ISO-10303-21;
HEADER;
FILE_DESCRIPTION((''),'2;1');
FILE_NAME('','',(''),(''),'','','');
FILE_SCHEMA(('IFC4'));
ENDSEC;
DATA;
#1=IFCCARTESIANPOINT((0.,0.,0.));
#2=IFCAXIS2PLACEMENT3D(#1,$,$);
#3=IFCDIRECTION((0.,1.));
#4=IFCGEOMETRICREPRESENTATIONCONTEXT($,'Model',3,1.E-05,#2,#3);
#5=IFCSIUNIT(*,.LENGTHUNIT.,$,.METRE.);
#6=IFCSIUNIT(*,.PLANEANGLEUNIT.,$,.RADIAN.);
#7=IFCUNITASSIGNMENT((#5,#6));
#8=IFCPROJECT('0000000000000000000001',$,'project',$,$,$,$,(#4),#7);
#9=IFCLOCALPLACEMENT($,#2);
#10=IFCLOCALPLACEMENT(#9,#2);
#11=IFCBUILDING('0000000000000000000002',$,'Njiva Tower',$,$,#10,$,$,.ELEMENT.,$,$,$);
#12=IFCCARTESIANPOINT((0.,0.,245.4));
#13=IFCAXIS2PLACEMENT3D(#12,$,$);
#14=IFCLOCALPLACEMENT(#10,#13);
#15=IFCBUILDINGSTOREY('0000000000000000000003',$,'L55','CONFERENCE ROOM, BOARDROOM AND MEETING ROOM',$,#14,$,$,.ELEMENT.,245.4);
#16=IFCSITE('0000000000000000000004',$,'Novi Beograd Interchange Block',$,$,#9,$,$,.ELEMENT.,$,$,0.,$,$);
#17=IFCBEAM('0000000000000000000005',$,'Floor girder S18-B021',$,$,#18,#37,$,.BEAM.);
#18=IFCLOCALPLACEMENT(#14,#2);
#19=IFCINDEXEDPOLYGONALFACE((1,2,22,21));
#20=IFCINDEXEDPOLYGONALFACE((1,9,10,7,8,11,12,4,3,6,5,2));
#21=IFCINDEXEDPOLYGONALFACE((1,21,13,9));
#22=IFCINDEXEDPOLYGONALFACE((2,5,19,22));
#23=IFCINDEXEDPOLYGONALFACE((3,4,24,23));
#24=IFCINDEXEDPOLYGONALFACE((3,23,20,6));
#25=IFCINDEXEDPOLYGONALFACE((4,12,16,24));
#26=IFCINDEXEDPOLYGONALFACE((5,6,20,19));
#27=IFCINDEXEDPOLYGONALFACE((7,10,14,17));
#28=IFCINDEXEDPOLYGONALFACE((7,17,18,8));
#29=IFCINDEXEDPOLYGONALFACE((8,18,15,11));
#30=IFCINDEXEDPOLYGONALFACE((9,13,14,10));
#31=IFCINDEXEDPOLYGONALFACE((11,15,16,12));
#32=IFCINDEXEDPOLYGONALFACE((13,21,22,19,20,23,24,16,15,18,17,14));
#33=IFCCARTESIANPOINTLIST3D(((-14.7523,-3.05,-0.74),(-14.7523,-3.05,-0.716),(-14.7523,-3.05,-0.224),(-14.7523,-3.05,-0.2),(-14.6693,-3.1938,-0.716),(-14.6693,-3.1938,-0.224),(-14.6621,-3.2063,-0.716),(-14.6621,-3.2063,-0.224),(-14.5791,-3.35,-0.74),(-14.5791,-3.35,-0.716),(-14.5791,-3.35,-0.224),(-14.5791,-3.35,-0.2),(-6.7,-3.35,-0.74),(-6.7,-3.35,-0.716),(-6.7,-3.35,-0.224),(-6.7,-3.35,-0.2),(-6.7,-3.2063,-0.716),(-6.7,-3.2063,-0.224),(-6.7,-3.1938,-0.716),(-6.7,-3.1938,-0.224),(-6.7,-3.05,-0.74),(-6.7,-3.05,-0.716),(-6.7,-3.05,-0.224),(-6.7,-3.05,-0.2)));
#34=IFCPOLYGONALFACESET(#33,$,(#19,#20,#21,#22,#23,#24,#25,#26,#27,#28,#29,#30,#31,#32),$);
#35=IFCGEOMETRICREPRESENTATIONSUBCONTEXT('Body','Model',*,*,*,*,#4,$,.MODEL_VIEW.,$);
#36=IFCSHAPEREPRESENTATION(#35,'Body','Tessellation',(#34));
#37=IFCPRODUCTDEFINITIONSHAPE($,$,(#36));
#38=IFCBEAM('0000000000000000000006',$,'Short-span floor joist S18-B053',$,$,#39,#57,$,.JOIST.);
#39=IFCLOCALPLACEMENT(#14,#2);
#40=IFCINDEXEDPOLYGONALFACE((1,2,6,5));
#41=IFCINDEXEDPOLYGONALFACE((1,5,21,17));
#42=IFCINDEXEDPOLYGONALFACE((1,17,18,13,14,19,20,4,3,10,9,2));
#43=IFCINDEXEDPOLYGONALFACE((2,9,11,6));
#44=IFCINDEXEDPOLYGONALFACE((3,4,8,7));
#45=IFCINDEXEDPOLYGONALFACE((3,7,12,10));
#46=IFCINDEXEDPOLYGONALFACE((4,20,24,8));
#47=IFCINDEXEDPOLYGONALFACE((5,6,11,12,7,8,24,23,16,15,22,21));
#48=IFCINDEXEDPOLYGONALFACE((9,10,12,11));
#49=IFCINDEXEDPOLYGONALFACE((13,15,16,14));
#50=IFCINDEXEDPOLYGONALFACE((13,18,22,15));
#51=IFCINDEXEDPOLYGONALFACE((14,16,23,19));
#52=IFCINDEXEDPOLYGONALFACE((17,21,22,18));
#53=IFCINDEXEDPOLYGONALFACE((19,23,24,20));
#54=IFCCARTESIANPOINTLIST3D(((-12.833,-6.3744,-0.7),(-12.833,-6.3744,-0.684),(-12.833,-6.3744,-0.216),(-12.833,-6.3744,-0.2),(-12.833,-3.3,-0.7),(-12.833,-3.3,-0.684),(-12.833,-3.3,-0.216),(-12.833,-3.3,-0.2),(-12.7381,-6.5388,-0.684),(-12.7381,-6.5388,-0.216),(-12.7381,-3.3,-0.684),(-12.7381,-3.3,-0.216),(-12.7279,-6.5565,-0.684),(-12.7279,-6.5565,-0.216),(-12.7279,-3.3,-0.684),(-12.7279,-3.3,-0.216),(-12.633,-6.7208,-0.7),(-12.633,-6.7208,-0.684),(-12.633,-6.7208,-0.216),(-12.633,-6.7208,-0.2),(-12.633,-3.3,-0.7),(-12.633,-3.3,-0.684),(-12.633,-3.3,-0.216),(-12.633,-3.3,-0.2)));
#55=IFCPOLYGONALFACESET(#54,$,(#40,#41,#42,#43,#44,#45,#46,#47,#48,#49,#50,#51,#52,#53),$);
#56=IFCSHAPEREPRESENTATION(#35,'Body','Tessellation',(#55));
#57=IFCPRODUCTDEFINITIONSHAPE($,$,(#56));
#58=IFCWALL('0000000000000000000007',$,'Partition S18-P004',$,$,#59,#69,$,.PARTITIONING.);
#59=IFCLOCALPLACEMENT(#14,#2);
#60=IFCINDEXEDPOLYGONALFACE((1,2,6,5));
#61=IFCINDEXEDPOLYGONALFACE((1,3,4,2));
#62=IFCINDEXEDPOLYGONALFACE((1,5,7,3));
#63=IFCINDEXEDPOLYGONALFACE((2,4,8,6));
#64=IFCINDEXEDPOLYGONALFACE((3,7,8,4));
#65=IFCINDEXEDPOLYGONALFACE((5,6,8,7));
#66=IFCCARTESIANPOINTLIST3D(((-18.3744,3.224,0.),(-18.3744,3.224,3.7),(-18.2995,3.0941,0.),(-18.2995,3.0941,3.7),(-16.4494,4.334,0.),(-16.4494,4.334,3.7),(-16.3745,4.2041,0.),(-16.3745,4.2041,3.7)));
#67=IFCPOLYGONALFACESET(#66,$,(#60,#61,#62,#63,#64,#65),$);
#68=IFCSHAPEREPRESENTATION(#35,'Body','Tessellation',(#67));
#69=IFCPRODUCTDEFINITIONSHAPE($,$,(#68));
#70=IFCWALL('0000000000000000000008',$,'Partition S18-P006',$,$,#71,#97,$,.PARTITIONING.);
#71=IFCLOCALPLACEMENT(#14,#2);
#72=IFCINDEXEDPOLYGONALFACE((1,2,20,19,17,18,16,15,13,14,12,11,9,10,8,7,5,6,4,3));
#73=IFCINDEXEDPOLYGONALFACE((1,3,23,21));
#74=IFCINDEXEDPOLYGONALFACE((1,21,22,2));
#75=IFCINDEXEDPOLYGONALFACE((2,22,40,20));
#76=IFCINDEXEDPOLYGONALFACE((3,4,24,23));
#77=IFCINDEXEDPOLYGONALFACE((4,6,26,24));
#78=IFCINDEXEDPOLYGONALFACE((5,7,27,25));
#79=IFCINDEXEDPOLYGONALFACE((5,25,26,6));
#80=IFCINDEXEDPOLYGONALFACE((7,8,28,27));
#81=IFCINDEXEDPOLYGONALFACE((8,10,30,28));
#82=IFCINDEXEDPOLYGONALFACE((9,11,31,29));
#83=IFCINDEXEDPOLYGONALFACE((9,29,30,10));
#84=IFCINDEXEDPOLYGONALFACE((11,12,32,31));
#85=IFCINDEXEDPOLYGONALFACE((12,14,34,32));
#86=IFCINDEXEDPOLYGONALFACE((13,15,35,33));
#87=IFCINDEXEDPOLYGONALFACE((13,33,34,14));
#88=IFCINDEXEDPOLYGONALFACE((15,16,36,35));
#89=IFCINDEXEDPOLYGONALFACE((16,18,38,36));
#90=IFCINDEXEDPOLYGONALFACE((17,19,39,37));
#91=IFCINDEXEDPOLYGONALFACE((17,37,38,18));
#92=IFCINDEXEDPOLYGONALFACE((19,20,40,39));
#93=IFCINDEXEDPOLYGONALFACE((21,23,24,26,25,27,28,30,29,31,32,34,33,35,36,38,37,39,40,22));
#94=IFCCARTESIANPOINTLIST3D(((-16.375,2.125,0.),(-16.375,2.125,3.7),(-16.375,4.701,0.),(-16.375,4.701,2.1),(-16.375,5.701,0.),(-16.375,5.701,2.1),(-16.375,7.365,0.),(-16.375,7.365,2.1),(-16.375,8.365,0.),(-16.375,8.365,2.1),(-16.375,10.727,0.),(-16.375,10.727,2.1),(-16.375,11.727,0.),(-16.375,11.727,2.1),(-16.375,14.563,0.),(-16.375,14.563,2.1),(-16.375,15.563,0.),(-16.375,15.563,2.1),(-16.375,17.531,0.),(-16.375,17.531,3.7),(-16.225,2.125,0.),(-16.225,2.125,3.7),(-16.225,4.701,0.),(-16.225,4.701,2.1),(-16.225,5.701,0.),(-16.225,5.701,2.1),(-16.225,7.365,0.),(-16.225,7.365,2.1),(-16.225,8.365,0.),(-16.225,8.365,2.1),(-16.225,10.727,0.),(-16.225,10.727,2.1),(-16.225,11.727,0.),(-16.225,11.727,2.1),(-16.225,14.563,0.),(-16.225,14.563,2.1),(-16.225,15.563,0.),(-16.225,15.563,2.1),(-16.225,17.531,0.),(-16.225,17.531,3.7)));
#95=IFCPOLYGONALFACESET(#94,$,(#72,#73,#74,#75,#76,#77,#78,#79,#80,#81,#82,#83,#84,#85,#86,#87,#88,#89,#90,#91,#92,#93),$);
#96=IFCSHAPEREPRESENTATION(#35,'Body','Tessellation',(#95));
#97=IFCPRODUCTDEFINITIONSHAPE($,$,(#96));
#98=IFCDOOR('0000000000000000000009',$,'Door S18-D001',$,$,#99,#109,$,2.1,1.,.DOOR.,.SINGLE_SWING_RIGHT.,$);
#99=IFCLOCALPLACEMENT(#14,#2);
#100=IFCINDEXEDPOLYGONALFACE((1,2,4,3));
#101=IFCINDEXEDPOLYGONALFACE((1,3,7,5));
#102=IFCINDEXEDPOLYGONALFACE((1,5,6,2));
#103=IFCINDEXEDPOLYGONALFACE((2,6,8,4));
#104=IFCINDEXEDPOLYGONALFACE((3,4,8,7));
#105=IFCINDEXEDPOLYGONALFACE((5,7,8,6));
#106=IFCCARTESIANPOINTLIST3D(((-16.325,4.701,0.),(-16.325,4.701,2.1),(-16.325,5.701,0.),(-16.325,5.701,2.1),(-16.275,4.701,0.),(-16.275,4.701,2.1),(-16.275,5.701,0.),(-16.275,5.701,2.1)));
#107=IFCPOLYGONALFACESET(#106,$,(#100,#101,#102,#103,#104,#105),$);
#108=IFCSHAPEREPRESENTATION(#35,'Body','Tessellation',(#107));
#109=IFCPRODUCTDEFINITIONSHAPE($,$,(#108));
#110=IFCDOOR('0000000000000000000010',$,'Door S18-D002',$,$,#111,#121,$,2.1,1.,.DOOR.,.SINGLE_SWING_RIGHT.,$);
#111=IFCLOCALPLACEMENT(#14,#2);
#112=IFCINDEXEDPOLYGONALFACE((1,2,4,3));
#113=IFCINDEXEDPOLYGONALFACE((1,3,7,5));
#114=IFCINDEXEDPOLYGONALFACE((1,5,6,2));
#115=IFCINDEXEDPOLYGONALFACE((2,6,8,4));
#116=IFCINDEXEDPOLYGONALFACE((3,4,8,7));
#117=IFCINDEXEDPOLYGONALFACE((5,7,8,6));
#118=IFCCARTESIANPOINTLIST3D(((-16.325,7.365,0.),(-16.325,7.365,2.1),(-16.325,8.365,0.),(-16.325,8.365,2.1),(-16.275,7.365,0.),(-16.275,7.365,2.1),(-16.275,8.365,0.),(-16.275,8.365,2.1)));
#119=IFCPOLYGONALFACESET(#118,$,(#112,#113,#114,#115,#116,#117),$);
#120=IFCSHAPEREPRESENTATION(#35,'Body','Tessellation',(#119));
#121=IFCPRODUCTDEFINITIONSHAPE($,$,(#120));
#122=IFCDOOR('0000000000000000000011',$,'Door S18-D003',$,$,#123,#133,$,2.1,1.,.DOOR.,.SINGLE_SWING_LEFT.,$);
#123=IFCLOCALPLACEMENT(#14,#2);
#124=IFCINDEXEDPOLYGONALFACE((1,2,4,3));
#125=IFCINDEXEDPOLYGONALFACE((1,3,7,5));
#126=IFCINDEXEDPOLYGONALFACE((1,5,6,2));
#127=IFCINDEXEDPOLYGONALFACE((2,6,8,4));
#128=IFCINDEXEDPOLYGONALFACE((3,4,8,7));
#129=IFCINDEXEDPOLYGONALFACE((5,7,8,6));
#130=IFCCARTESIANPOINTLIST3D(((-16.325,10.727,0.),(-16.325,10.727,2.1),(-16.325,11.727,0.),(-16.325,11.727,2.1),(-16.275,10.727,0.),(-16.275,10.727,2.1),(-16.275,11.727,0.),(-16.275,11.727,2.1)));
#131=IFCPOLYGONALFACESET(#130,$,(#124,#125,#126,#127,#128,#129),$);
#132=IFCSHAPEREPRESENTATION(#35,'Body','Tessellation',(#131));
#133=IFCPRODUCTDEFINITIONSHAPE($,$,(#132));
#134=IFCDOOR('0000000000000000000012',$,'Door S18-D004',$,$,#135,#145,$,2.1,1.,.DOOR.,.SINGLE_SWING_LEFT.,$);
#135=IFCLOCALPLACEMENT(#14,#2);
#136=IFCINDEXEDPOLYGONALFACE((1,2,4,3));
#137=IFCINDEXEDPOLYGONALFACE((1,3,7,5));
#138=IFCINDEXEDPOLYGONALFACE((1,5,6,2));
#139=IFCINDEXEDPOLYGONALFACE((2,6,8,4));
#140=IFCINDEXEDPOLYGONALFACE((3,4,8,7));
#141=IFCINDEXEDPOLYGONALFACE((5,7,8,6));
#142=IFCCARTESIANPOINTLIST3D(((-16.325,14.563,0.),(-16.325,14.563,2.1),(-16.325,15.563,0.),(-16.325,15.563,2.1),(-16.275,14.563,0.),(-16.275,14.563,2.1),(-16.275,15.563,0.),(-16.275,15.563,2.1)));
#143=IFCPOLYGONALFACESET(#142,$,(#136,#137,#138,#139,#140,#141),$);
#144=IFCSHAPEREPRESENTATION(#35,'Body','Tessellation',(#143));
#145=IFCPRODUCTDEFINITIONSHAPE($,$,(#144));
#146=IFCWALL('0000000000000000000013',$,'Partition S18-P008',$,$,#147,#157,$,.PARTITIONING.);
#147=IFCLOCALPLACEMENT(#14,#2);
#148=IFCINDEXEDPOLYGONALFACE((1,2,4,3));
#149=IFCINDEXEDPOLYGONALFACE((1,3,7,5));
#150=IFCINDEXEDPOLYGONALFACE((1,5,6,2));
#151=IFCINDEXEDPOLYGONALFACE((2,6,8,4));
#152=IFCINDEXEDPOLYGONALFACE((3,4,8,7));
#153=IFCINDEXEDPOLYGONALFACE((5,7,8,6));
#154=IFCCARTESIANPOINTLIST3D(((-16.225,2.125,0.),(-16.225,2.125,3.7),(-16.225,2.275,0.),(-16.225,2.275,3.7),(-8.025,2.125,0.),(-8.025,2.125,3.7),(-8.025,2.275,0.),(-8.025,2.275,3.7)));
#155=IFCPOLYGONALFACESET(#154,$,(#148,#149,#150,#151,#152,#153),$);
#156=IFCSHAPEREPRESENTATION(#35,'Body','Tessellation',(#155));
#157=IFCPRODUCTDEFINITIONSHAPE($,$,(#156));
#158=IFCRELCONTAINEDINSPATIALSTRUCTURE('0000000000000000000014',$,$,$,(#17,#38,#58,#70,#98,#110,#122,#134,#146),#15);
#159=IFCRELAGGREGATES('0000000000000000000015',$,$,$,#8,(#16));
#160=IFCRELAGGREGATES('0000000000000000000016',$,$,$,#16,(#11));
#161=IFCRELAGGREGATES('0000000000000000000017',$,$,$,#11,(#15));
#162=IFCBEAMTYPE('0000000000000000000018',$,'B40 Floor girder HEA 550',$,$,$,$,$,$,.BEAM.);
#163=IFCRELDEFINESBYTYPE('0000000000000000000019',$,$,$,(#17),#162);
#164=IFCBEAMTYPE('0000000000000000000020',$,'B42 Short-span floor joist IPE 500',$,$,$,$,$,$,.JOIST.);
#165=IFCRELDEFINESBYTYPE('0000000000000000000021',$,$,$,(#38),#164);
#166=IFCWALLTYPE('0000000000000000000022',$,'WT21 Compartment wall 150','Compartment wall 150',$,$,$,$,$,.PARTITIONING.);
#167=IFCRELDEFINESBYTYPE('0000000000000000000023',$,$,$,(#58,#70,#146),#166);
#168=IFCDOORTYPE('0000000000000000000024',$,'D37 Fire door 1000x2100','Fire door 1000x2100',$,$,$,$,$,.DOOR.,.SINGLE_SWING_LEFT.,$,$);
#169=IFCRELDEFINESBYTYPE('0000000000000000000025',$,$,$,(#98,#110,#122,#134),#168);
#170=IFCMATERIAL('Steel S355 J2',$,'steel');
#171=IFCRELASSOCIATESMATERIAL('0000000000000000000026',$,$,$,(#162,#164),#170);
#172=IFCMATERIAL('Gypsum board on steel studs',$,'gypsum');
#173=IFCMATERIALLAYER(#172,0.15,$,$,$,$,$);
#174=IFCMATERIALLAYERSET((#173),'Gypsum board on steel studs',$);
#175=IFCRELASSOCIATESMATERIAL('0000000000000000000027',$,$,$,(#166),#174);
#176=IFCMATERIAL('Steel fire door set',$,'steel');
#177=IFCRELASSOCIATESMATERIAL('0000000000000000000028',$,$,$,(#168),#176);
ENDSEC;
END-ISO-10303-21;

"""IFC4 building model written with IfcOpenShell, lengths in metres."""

from ifc_helpers import new_model, si_unit, direction, frame, frame_2d, origin, origin_2d, place, context, subcontext, project, spatial, rectangle, i_section, extrude, clip, halfspace, material, layer, layer_set, material_profile, profile_set, type_object, element, fill, save


model = new_model("IFC4")

# Units and contexts
model_context = context("Model", 3, precision=1e-05, world=origin(), true_north=direction((0.0, 1.0)))
body_context = subcontext(model_context, "Body", "Model", "MODEL_VIEW")
ifc_project = project(units=[si_unit("LENGTHUNIT", "METRE"), si_unit("PLANEANGLEUNIT", "RADIAN")], contexts=[model_context])

# Site, building, storey
site_placement = place(None, origin())
site = spatial("IfcSite", under=ifc_project, at=site_placement, Name="Novi Beograd Interchange Block", CompositionType="ELEMENT", RefElevation=0.0)
building_placement = place(site_placement, origin())
building = spatial("IfcBuilding", under=site, at=building_placement, Name="Njiva Tower", CompositionType="ELEMENT")
storey_placement = place(building_placement, frame((0.0, 0.0, 245.4)))
storey = spatial("IfcBuildingStorey", under=building, at=storey_placement, Name="L55", Description="CONFERENCE ROOM, BOARDROOM AND MEETING ROOM", CompositionType="ELEMENT", Elevation=245.4)

# Shared definitions
ifc_material_1 = material(Name="Steel S355 J2", Category="steel")

# Beams
ifc_material_profile_1 = material_profile(ifc_material_1, i_section(OverallWidth=0.3, OverallDepth=0.54, WebThickness=0.0125, FlangeThickness=0.024, at=origin_2d()), Name="HEA 550")
ifc_profile_set_1 = profile_set([ifc_material_profile_1], Name="Steel S355 J2")
beam_type_1 = type_object("IfcBeamType", Name="B40 Floor girder HEA 550", PredefinedType="BEAM", material=ifc_profile_set_1)
beam_1_placement = place(storey_placement, frame((-14.773, -3.2, -0.47), z_axis=(1.0, 0.0, 0.0), x_axis=(0.0, 1.0, 0.0)))
element("IfcBeam", 1, at=beam_1_placement, inside=storey, type_object=beam_type_1, Name="Floor girder S18-B021", PredefinedType="BEAM", context=body_context, shape_type="Clipping", body=[
    clip(extrude(i_section(OverallWidth=0.3, OverallDepth=0.54, WebThickness=0.0125, FlangeThickness=0.024, at=origin_2d()), origin(), (0.0, 0.0, 1.0), 8.073), halfspace(frame((-0.025, 0.0, 0.1217), z_axis=(-0.499998, 0.0, -0.866027), x_axis=(0.0, -1.0, 0.0)), False)),
])
ifc_material_profile_2 = material_profile(ifc_material_1, i_section(OverallWidth=0.2, OverallDepth=0.5, WebThickness=0.0102, FlangeThickness=0.016, at=origin_2d()), Name="IPE 500")
ifc_profile_set_2 = profile_set([ifc_material_profile_2], Name="Steel S355 J2")
beam_type_2 = type_object("IfcBeamType", Name="B42 Short-span floor joist IPE 500", PredefinedType="JOIST", material=ifc_profile_set_2)
beam_2_placement = place(storey_placement, frame((-12.733, -3.3, -0.45), z_axis=(0.0, -1.0, 0.0), x_axis=(1.0, 0.0, 0.0)))
element("IfcBeam", 2, at=beam_2_placement, inside=storey, type_object=beam_type_2, Name="Short-span floor joist S18-B053", PredefinedType="JOIST", context=body_context, shape_type="Clipping", body=[
    clip(extrude(i_section(OverallWidth=0.2, OverallDepth=0.5, WebThickness=0.0102, FlangeThickness=0.016, at=origin_2d()), origin(), (0.0, 0.0, 1.0), 3.44), halfspace(frame((-0.0436, 0.0, 3.1721), z_axis=(-0.866027, 0.0, 0.499998), x_axis=(0.0, 1.0, 0.0)), False)),
])

# Wall
ifc_material_2 = material(Name="Gypsum board on steel studs", Category="gypsum")
ifc_layer = layer(ifc_material_2, 0.15)
ifc_layer_set = layer_set([ifc_layer], Name="Gypsum board on steel studs")
wall_type = type_object("IfcWallType", Name="WT21 Compartment wall 150", Description="Compartment wall 150", PredefinedType="PARTITIONING", material=ifc_layer_set)
wall_1_placement = place(storey_placement, frame((-18.337, 3.159, 0.0), z_axis=(0.0, 0.0, 1.0), x_axis=(0.866298, 0.499528, 0.0)))
element("IfcWall", 3, at=wall_1_placement, inside=storey, type_object=wall_type, Name="Partition S18-P004", PredefinedType="PARTITIONING", context=body_context, shape_type="SweptSolid", body=[
    extrude(rectangle(XDim=2.2221, YDim=0.15, at=frame_2d((1.1111, 0.0))), origin(), (0.0, 0.0, 1.0), 3.7),
])

# Wall, openings, doors
wall_2_placement = place(storey_placement, frame((-16.3, 2.125, 0.0), z_axis=(0.0, 0.0, 1.0), x_axis=(0.0, 1.0, 0.0)))
wall_2 = element("IfcWall", 4, at=wall_2_placement, inside=storey, type_object=wall_type, Name="Partition S18-P006", PredefinedType="PARTITIONING", context=body_context, shape_type="SweptSolid", body=[
    extrude(rectangle(XDim=15.406, YDim=0.15, at=frame_2d((7.703, 0.0))), origin(), (0.0, 0.0, 1.0), 3.7),
])
opening_1_placement = place(wall_2_placement, frame((2.576, 0.0, 0.0)))
opening_1 = element("IfcOpeningElement", 5, at=opening_1_placement, cuts=wall_2, PredefinedType="OPENING", context=body_context, shape_type="SweptSolid", body=[
    extrude(rectangle(XDim=1.0, YDim=2.1, at=frame_2d((0.5, 1.05))), frame((0.0, 0.085, 0.0), z_axis=(0.0, -1.0, 0.0), x_axis=(1.0, 0.0, 0.0)), (0.0, 0.0, 1.0), 0.17),
])
opening_2_placement = place(wall_2_placement, frame((5.24, 0.0, 0.0)))
opening_2 = element("IfcOpeningElement", 6, at=opening_2_placement, cuts=wall_2, PredefinedType="OPENING", context=body_context, shape_type="SweptSolid", body=[
    extrude(rectangle(XDim=1.0, YDim=2.1, at=frame_2d((0.5, 1.05))), frame((0.0, 0.085, 0.0), z_axis=(0.0, -1.0, 0.0), x_axis=(1.0, 0.0, 0.0)), (0.0, 0.0, 1.0), 0.17),
])
opening_3_placement = place(wall_2_placement, frame((8.602, 0.0, 0.0)))
opening_3 = element("IfcOpeningElement", 7, at=opening_3_placement, cuts=wall_2, PredefinedType="OPENING", context=body_context, shape_type="SweptSolid", body=[
    extrude(rectangle(XDim=1.0, YDim=2.1, at=frame_2d((0.5, 1.05))), frame((0.0, 0.085, 0.0), z_axis=(0.0, -1.0, 0.0), x_axis=(1.0, 0.0, 0.0)), (0.0, 0.0, 1.0), 0.17),
])
opening_4_placement = place(wall_2_placement, frame((12.438, 0.0, 0.0)))
opening_4 = element("IfcOpeningElement", 8, at=opening_4_placement, cuts=wall_2, PredefinedType="OPENING", context=body_context, shape_type="SweptSolid", body=[
    extrude(rectangle(XDim=1.0, YDim=2.1, at=frame_2d((0.5, 1.05))), frame((0.0, 0.085, 0.0), z_axis=(0.0, -1.0, 0.0), x_axis=(1.0, 0.0, 0.0)), (0.0, 0.0, 1.0), 0.17),
])
ifc_material_3 = material(Name="Steel fire door set", Category="steel")
door_type = type_object("IfcDoorType", Name="D37 Fire door 1000x2100", Description="Fire door 1000x2100", OperationType="SINGLE_SWING_LEFT", PredefinedType="DOOR", material=ifc_material_3)
door_1_placement = place(opening_1_placement, origin())
door_1 = element("IfcDoor", 9, at=door_1_placement, inside=storey, type_object=door_type, Name="Door S18-D001", OperationType="SINGLE_SWING_RIGHT", OverallHeight=2.1, OverallWidth=1.0, PredefinedType="DOOR", context=body_context, shape_type="SweptSolid", body=[
    extrude(rectangle(XDim=1.0, YDim=2.1, at=frame_2d((0.5, 1.05))), frame((0.0, 0.025, 0.0), z_axis=(0.0, -1.0, 0.0), x_axis=(1.0, 0.0, 0.0)), (0.0, 0.0, 1.0), 0.05),
])
fill(opening_1, door_1)
door_2_placement = place(opening_2_placement, origin())
door_2 = element("IfcDoor", 10, at=door_2_placement, inside=storey, type_object=door_type, Name="Door S18-D002", OperationType="SINGLE_SWING_RIGHT", OverallHeight=2.1, OverallWidth=1.0, PredefinedType="DOOR", context=body_context, shape_type="SweptSolid", body=[
    extrude(rectangle(XDim=1.0, YDim=2.1, at=frame_2d((0.5, 1.05))), frame((0.0, 0.025, 0.0), z_axis=(0.0, -1.0, 0.0), x_axis=(1.0, 0.0, 0.0)), (0.0, 0.0, 1.0), 0.05),
])
fill(opening_2, door_2)
door_3_placement = place(opening_3_placement, origin())
door_3 = element("IfcDoor", 11, at=door_3_placement, inside=storey, type_object=door_type, Name="Door S18-D003", OperationType="SINGLE_SWING_LEFT", OverallHeight=2.1, OverallWidth=1.0, PredefinedType="DOOR", context=body_context, shape_type="SweptSolid", body=[
    extrude(rectangle(XDim=1.0, YDim=2.1, at=frame_2d((0.5, 1.05))), frame((0.0, 0.025, 0.0), z_axis=(0.0, -1.0, 0.0), x_axis=(1.0, 0.0, 0.0)), (0.0, 0.0, 1.0), 0.05),
])
fill(opening_3, door_3)
door_4_placement = place(opening_4_placement, origin())
door_4 = element("IfcDoor", 12, at=door_4_placement, inside=storey, type_object=door_type, Name="Door S18-D004", OperationType="SINGLE_SWING_LEFT", OverallHeight=2.1, OverallWidth=1.0, PredefinedType="DOOR", context=body_context, shape_type="SweptSolid", body=[
    extrude(rectangle(XDim=1.0, YDim=2.1, at=frame_2d((0.5, 1.05))), frame((0.0, 0.025, 0.0), z_axis=(0.0, -1.0, 0.0), x_axis=(1.0, 0.0, 0.0)), (0.0, 0.0, 1.0), 0.05),
])
fill(opening_4, door_4)

# Wall
wall_3_placement = place(storey_placement, frame((-16.225, 2.2, 0.0), z_axis=(0.0, 0.0, 1.0), x_axis=(1.0, 0.0, 0.0)))
element("IfcWall", 13, at=wall_3_placement, inside=storey, type_object=wall_type, Name="Partition S18-P008", PredefinedType="PARTITIONING", context=body_context, shape_type="SweptSolid", body=[
    extrude(rectangle(XDim=8.2, YDim=0.15, at=frame_2d((4.1, 0.0))), origin(), (0.0, 0.0, 1.0), 3.7),
])

save(model, "model.ifc")
